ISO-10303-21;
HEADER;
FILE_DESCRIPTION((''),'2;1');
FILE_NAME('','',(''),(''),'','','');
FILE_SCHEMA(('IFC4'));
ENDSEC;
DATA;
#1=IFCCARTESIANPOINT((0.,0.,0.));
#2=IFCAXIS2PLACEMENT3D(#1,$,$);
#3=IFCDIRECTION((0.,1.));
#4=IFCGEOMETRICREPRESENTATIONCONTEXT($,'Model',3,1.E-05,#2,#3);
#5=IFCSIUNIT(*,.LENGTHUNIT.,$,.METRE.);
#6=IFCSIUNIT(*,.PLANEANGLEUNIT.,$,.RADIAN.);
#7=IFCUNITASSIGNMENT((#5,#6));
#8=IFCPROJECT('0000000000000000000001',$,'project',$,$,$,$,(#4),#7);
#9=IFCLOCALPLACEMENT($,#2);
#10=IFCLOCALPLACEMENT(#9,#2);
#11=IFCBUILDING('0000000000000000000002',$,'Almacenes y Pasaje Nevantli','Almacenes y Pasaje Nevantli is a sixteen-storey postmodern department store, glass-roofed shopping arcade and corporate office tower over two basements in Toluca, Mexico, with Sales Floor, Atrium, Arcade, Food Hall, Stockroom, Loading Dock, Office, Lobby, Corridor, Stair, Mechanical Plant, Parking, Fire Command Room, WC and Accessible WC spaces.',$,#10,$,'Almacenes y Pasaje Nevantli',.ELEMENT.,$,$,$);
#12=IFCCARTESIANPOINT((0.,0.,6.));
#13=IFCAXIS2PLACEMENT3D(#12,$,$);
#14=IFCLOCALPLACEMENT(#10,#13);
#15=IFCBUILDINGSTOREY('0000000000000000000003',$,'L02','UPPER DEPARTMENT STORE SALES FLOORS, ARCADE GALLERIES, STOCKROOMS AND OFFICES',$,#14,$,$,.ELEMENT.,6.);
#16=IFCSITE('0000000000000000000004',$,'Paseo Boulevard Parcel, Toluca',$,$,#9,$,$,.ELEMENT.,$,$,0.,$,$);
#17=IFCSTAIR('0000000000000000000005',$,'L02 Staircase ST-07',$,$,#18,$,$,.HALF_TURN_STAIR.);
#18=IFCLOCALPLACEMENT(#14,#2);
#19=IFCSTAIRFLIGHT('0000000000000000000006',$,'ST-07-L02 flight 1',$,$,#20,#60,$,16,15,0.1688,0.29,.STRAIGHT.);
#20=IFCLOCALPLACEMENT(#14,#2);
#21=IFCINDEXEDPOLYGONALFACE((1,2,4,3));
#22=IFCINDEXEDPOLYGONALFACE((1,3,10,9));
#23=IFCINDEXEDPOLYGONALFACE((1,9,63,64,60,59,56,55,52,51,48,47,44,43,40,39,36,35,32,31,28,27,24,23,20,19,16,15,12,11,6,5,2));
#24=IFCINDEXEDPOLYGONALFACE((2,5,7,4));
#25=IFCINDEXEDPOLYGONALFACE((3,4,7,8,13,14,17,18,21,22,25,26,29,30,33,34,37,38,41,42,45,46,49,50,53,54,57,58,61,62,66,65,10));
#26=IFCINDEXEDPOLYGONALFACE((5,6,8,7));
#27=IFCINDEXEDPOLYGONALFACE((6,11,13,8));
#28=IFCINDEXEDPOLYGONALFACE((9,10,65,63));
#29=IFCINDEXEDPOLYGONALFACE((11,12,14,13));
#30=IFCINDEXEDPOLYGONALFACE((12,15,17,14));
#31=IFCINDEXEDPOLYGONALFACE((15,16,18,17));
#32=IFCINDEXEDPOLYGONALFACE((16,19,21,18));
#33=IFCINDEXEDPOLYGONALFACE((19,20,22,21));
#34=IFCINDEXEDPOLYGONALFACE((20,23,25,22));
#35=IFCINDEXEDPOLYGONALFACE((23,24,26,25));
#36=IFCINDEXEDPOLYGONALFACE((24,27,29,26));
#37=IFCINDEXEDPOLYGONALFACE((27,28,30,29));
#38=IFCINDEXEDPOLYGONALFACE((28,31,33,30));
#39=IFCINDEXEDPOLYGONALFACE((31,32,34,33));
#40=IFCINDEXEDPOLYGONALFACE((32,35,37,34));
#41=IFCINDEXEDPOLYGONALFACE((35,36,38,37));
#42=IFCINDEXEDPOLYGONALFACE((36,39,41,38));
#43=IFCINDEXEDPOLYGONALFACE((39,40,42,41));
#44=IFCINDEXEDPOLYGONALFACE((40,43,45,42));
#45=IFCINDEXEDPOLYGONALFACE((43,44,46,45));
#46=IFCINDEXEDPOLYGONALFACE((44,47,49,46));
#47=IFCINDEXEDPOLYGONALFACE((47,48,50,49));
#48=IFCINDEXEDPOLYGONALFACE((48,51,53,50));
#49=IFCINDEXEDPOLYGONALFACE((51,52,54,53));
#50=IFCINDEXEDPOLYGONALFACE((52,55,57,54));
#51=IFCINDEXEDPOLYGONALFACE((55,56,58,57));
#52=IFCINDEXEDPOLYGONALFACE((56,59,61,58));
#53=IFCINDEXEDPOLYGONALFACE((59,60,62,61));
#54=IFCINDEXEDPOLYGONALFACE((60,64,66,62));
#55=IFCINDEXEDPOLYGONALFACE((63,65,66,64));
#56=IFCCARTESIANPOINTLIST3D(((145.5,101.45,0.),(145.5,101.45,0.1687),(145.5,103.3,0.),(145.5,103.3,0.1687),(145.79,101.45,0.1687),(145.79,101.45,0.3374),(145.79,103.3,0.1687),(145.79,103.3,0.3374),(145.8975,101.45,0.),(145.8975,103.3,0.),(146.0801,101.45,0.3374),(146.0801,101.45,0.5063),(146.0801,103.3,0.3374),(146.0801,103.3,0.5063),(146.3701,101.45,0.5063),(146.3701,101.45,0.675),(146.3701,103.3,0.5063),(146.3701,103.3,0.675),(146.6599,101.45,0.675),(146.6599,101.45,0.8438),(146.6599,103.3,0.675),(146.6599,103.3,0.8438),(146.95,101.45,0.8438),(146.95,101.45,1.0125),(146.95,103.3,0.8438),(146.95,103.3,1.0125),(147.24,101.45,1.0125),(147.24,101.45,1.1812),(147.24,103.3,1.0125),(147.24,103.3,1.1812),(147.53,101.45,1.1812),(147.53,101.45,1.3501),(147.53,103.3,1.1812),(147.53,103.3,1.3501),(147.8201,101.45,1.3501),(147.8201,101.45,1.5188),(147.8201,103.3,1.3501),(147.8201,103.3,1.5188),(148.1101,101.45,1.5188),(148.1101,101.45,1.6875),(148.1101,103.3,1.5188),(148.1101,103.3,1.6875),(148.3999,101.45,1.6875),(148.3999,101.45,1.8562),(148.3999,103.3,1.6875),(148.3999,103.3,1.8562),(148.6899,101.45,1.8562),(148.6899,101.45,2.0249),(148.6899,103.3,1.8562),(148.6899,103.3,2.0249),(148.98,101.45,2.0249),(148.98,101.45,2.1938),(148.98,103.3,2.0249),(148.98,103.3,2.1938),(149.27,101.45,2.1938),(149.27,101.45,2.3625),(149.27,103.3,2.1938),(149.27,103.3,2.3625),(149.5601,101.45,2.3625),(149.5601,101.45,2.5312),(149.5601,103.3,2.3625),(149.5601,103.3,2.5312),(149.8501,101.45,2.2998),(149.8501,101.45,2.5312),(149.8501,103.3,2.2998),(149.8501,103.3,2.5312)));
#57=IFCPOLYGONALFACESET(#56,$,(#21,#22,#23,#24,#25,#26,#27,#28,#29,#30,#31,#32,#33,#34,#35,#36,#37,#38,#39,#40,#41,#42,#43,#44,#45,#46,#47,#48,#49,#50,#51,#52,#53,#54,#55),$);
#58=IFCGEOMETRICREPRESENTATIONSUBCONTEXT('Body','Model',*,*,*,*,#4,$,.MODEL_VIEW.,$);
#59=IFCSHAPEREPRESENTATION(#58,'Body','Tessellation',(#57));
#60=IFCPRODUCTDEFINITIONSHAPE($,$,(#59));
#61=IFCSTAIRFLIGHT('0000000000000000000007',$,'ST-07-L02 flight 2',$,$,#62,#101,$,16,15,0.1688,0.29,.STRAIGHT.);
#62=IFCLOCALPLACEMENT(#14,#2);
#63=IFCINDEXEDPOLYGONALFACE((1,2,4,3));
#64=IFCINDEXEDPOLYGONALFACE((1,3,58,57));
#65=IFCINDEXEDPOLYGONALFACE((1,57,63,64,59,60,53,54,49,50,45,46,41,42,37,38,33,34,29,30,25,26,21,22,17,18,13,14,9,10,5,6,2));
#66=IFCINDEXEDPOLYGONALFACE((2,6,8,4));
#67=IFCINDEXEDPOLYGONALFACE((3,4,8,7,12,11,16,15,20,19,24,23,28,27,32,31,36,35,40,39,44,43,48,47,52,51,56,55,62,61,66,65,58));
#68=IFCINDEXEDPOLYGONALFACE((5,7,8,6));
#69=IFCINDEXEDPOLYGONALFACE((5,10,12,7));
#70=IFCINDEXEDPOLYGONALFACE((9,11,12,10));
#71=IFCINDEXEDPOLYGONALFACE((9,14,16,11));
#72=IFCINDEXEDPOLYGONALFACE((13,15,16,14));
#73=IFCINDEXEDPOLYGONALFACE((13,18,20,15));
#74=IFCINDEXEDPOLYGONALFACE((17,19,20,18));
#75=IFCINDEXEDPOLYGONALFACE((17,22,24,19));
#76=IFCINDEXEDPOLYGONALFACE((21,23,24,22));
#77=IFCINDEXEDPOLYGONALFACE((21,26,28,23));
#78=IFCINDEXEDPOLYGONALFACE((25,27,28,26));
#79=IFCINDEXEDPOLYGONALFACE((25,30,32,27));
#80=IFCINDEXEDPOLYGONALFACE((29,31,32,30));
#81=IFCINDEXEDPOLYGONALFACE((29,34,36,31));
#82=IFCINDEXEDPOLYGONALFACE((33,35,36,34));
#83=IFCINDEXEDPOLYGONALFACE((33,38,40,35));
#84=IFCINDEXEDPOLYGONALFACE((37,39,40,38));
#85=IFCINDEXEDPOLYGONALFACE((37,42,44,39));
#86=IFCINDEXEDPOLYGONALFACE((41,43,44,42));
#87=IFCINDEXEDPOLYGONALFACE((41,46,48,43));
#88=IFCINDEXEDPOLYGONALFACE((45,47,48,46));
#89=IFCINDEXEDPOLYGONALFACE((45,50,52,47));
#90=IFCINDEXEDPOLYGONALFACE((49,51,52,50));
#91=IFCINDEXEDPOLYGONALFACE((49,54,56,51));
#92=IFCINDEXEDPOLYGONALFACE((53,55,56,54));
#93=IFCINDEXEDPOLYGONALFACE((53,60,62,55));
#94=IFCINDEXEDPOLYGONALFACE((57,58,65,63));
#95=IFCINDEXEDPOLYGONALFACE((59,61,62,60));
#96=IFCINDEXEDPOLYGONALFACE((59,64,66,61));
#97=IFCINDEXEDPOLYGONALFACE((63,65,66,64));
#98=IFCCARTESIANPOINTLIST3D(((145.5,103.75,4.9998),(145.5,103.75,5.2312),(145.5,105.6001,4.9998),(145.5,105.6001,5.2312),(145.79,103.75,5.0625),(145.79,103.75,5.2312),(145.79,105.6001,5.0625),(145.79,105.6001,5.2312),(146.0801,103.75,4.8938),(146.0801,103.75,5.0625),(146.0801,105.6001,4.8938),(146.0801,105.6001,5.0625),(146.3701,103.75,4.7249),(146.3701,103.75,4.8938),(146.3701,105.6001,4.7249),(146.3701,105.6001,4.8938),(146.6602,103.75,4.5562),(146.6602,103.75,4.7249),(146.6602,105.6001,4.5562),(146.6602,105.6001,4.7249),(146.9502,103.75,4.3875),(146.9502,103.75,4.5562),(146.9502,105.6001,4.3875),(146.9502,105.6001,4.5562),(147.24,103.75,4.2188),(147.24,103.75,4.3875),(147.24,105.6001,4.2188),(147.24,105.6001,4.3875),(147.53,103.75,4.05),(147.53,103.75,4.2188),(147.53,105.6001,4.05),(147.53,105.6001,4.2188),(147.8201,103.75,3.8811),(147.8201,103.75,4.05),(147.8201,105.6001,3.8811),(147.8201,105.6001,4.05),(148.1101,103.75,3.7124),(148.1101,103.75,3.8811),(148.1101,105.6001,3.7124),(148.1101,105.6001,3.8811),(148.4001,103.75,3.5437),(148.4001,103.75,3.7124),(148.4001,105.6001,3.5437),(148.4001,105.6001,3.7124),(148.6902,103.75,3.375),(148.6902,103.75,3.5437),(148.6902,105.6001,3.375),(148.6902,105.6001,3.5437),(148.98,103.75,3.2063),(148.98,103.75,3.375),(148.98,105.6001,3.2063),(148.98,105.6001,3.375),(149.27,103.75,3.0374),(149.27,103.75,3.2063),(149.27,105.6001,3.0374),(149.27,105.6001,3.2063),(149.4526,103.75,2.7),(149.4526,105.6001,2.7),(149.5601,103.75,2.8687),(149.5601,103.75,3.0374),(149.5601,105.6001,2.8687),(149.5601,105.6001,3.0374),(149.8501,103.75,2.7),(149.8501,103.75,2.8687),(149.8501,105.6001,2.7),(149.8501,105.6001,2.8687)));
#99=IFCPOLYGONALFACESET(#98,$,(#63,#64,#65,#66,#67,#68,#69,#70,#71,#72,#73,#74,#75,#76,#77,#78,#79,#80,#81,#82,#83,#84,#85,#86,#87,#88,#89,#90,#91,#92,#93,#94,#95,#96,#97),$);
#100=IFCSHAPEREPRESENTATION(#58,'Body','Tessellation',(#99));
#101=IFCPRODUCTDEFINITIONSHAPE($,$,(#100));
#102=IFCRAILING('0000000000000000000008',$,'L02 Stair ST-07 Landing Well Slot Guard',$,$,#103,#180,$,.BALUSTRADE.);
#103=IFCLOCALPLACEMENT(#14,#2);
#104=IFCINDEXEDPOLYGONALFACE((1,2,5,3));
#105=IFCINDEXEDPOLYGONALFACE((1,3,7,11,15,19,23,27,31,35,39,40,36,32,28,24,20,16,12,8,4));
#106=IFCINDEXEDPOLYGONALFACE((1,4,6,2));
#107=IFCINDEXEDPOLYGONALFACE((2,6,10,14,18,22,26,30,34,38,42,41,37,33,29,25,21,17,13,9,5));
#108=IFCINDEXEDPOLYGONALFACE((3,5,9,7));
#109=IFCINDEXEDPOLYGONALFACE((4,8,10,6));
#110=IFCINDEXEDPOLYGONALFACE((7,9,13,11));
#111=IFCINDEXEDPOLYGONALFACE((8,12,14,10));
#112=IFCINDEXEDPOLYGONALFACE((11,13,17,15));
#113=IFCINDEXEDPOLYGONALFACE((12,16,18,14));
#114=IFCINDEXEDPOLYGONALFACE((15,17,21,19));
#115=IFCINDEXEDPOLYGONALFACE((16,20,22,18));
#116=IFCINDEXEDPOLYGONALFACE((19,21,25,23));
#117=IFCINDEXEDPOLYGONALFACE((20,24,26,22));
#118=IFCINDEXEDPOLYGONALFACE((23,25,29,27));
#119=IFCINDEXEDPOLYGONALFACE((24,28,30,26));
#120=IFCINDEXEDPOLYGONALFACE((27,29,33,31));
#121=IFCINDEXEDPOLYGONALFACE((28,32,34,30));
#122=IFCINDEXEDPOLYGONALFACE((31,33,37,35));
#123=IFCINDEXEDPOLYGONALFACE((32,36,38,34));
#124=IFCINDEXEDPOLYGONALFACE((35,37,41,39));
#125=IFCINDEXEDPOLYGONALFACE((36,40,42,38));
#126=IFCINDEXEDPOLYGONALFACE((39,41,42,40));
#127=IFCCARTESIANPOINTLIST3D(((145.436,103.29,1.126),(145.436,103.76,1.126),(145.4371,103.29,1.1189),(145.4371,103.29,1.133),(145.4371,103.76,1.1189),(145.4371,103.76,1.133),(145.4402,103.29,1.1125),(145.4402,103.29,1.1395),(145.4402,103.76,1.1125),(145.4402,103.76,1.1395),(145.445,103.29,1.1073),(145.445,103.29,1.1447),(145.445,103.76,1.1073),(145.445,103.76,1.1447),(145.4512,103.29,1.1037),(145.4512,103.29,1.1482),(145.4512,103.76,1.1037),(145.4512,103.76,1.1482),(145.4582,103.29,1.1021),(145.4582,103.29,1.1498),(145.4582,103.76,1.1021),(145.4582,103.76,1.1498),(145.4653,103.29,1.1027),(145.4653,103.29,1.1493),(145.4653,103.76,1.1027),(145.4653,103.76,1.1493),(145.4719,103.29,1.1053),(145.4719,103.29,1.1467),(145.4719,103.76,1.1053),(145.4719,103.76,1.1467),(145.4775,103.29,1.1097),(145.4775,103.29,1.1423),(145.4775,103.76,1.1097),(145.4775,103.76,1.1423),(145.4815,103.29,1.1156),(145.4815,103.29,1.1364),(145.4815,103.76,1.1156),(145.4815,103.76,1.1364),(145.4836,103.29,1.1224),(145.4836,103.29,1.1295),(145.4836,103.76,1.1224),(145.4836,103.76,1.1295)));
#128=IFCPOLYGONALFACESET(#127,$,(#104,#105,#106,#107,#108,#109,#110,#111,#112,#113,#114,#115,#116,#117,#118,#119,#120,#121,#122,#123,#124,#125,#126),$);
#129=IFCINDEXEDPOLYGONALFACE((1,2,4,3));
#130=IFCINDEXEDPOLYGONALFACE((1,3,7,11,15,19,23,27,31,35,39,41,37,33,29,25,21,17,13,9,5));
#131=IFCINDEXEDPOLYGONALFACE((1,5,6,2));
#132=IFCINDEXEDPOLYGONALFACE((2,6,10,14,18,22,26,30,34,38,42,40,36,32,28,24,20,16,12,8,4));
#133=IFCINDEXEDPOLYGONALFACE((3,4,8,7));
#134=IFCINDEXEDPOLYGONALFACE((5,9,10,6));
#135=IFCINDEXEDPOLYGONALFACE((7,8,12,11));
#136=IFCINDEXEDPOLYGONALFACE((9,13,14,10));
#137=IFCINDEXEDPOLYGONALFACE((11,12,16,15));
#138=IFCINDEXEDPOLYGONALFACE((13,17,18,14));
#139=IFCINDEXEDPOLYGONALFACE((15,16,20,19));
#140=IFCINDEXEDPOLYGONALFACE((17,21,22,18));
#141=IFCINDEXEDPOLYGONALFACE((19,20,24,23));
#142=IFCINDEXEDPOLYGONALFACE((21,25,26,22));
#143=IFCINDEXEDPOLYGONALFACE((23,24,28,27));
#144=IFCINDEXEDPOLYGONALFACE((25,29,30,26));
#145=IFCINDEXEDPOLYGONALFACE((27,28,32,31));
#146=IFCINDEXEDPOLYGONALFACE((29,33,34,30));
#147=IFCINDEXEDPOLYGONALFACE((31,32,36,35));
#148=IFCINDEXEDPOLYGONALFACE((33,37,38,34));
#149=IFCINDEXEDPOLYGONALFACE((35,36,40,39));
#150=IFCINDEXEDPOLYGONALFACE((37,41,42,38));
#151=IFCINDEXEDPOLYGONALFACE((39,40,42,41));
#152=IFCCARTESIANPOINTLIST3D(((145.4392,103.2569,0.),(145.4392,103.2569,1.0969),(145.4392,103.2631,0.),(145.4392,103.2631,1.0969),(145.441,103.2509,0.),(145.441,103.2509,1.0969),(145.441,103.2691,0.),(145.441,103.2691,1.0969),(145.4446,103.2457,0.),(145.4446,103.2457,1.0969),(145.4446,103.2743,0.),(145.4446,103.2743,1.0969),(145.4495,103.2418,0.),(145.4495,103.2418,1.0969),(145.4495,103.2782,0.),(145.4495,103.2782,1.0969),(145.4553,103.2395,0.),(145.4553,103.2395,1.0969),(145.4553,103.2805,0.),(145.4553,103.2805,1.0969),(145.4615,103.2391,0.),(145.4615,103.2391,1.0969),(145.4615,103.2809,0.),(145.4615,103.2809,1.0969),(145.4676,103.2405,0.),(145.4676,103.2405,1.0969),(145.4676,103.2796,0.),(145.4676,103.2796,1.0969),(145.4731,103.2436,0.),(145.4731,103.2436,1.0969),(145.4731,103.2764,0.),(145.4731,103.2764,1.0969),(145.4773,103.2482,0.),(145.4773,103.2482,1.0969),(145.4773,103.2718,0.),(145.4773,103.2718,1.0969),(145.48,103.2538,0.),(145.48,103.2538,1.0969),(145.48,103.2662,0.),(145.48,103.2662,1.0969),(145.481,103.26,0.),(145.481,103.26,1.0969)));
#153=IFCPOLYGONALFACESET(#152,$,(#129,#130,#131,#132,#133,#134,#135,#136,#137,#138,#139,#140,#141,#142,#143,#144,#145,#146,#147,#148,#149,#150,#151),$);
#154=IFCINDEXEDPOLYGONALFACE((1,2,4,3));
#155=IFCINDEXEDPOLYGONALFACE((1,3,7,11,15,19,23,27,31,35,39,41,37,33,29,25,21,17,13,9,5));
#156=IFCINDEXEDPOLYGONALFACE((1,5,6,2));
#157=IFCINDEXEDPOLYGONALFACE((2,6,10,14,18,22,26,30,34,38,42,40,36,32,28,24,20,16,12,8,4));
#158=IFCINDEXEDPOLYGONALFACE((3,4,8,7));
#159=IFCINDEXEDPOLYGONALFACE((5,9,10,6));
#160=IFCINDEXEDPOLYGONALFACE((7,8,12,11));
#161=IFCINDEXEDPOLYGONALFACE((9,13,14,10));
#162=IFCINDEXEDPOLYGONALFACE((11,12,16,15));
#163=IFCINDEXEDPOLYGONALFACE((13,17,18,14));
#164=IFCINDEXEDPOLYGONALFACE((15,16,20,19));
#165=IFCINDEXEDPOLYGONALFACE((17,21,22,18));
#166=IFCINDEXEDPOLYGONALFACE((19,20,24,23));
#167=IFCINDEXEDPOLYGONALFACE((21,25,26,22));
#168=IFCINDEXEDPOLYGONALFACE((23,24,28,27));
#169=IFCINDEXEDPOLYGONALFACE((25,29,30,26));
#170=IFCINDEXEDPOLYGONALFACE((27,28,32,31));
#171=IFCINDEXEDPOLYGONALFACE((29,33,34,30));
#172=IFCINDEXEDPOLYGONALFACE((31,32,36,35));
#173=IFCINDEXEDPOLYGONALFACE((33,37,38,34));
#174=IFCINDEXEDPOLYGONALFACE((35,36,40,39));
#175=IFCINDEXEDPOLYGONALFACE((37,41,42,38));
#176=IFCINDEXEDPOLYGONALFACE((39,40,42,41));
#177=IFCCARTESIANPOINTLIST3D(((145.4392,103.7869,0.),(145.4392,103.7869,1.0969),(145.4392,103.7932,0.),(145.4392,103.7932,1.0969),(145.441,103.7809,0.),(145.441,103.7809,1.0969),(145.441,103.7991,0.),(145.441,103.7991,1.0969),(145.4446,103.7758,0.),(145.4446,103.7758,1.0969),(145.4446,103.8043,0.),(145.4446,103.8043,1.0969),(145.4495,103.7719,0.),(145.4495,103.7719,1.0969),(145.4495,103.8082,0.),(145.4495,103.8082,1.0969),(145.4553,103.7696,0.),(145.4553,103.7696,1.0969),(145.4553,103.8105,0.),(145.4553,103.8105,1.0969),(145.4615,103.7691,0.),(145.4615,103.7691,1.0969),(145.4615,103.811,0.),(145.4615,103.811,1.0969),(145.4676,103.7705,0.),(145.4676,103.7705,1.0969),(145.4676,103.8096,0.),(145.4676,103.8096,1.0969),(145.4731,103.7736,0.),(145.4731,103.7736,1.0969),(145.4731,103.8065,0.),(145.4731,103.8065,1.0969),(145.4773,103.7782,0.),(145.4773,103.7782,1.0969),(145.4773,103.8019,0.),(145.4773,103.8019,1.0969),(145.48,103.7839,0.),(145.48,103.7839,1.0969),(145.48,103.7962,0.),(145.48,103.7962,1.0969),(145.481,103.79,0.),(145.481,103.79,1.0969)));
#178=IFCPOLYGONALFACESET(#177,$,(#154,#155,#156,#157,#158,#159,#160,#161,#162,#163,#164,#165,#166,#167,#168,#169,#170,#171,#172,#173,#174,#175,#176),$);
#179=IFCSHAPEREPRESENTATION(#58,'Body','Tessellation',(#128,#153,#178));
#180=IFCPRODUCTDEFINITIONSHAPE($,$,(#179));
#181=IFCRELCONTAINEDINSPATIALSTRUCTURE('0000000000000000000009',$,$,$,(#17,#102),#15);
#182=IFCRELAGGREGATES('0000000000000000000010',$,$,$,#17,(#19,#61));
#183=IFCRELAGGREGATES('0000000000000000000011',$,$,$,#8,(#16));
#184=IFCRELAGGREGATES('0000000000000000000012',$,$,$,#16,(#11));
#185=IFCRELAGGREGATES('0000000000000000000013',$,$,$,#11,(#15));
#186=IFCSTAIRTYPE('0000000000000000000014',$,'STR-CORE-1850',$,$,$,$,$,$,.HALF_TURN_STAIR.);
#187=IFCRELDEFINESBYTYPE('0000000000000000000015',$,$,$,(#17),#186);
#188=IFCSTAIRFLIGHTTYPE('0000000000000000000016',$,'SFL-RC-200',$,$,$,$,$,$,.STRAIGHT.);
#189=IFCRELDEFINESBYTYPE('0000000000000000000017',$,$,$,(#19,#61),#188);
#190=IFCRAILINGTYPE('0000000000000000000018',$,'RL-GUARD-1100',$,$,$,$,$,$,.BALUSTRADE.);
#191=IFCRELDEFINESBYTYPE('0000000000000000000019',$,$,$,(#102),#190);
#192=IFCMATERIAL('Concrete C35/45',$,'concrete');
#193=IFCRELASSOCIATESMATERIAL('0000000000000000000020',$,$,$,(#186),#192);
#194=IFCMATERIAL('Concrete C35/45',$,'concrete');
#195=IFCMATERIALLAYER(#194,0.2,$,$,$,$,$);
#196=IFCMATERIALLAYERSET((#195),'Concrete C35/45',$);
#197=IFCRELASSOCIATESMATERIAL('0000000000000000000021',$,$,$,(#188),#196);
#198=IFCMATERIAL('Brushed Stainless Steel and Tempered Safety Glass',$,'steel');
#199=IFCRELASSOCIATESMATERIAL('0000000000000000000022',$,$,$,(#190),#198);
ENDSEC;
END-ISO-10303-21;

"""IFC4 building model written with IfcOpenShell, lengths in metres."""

from ifc_helpers import new_model, si_unit, direction, frame, origin, origin_2d, place, context, subcontext, project, spatial, polyline, circle, outline, extrude, material, layer, layer_set, type_object, element, aggregate, save


model = new_model("IFC4")

# Units and contexts
model_context = context("Model", 3, precision=1e-05, world=origin(), true_north=direction((0.0, 1.0)))
body_context = subcontext(model_context, "Body", "Model", "MODEL_VIEW")
ifc_project = project(units=[si_unit("LENGTHUNIT", "METRE"), si_unit("PLANEANGLEUNIT", "RADIAN")], contexts=[model_context])

# Site, building, storey
site_placement = place(None, origin())
site = spatial("IfcSite", under=ifc_project, at=site_placement, Name="Paseo Boulevard Parcel, Toluca", CompositionType="ELEMENT", RefElevation=0.0)
building_placement = place(site_placement, origin())
building = spatial("IfcBuilding", under=site, at=building_placement, Name="Almacenes y Pasaje Nevantli", Description="Almacenes y Pasaje Nevantli is a sixteen-storey postmodern department store, glass-roofed shopping arcade and corporate office tower over two basements in Toluca, Mexico, with Sales Floor, Atrium, Arcade, Food Hall, Stockroom, Loading Dock, Office, Lobby, Corridor, Stair, Mechanical Plant, Parking, Fire Command Room, WC and Accessible WC spaces.", LongName="Almacenes y Pasaje Nevantli", CompositionType="ELEMENT")
storey_placement = place(building_placement, frame((0.0, 0.0, 6.0)))
storey = spatial("IfcBuildingStorey", under=building, at=storey_placement, Name="L02", Description="UPPER DEPARTMENT STORE SALES FLOORS, ARCADE GALLERIES, STOCKROOMS AND OFFICES", CompositionType="ELEMENT", Elevation=6.0)

# Stair, stair flights
ifc_material_1 = material(Name="Concrete C35/45", Category="concrete")
stair_type = type_object("IfcStairType", Name="STR-CORE-1850", PredefinedType="HALF_TURN_STAIR", material=ifc_material_1)
stair_placement = place(storey_placement, origin())
stair = element("IfcStair", 1, at=stair_placement, inside=storey, type_object=stair_type, Name="L02 Staircase ST-07", PredefinedType="HALF_TURN_STAIR")
ifc_material_2 = material(Name="Concrete C35/45", Category="concrete")
ifc_layer_1 = layer(ifc_material_2, 0.2)
ifc_layer_set_1 = layer_set([ifc_layer_1], Name="Concrete C35/45")
stair_flight_type = type_object("IfcStairFlightType", Name="SFL-RC-200", PredefinedType="STRAIGHT", material=ifc_layer_set_1)
stair_flight_1_placement = place(storey_placement, frame((145.5, 102.375, 0.0), z_axis=(0.0, 0.0, 1.0), x_axis=(1.0, 0.0, 0.0)))
stair_flight_1 = element("IfcStairFlight", 2, at=stair_flight_1_placement, type_object=stair_flight_type, Name="ST-07-L02 flight 1", NumberOfRisers=16, NumberOfTreads=15, PredefinedType="STRAIGHT", RiserHeight=0.1688, TreadLength=0.29, context=body_context, shape_type="SweptSolid", body=[
    extrude(outline(polyline([(0.0, 0.0), (0.0, 0.1687), (0.29, 0.1687), (0.29, 0.3374), (0.5801, 0.3374), (0.5801, 0.5063), (0.8701, 0.5063), (0.8701, 0.675), (1.1599, 0.675), (1.1599, 0.8438), (1.45, 0.8438), (1.45, 1.0125), (1.74, 1.0125), (1.74, 1.1812), (2.03, 1.1812), (2.03, 1.3501), (2.3201, 1.3501), (2.3201, 1.5188), (2.6101, 1.5188), (2.6101, 1.6875), (2.8999, 1.6875), (2.8999, 1.8562), (3.1899, 1.8562), (3.1899, 2.0249), (3.48, 2.0249), (3.48, 2.1938), (3.77, 2.1938), (3.77, 2.3625), (4.0601, 2.3625), (4.0601, 2.5312), (4.3501, 2.5312), (4.3501, 2.7), (4.3501, 2.2998), (0.3975, 0.0), (0.0, 0.0)])), frame((0.0, 0.925, 0.0), z_axis=(0.0, -1.0, 0.0), x_axis=(1.0, 0.0, 0.0)), (0.0, 0.0, 1.0), 1.8501),
])
stair_flight_2_placement = place(storey_placement, frame((149.8501, 104.675, 2.7), z_axis=(0.0, 0.0, 1.0), x_axis=(-1.0, 0.0, 0.0)))
stair_flight_2 = element("IfcStairFlight", 3, at=stair_flight_2_placement, type_object=stair_flight_type, Name="ST-07-L02 flight 2", NumberOfRisers=16, NumberOfTreads=15, PredefinedType="STRAIGHT", RiserHeight=0.1688, TreadLength=0.29, context=body_context, shape_type="SweptSolid", body=[
    extrude(outline(polyline([(0.0, 0.0), (0.0, 0.1687), (0.29, 0.1687), (0.29, 0.3374), (0.5801, 0.3374), (0.5801, 0.5063), (0.8701, 0.5063), (0.8701, 0.675), (1.1599, 0.675), (1.1599, 0.8438), (1.45, 0.8438), (1.45, 1.0125), (1.74, 1.0125), (1.74, 1.1812), (2.03, 1.1812), (2.03, 1.3501), (2.3201, 1.3501), (2.3201, 1.5188), (2.6101, 1.5188), (2.6101, 1.6875), (2.8999, 1.6875), (2.8999, 1.8562), (3.1899, 1.8562), (3.1899, 2.0249), (3.48, 2.0249), (3.48, 2.1938), (3.77, 2.1938), (3.77, 2.3625), (4.0601, 2.3625), (4.0601, 2.5312), (4.3501, 2.5312), (4.3501, 2.7), (4.3501, 2.2998), (0.3975, 0.0), (0.0, 0.0)])), frame((0.0, 0.925, 0.0), z_axis=(0.0, -1.0, 0.0), x_axis=(1.0, 0.0, 0.0)), (0.0, 0.0, 1.0), 1.8501),
])
aggregate(stair, [stair_flight_1, stair_flight_2])

# Railing
ifc_material_3 = material(Name="Brushed Stainless Steel and Tempered Safety Glass", Category="steel")
railing_type_1 = type_object("IfcRailingType", Name="RL-GUARD-1100", PredefinedType="BALUSTRADE", material=ifc_material_3)
railing_1_placement = place(storey_placement, frame((145.46, 103.26, 0.0)))
element("IfcRailing", 4, at=railing_1_placement, inside=storey, type_object=railing_type_1, Name="L02 Stair ST-07 Landing Well Slot Guard", PredefinedType="BALUSTRADE", context=body_context, shape_type="SweptSolid", body=[
    extrude(circle(Radius=0.0239, at=origin_2d()), frame((0.0, 0.03, 1.126), z_axis=(0.0, 1.0, 0.0), x_axis=(-1.0, 0.0, 0.0)), (0.0, 0.0, 1.0), 0.47),
    extrude(circle(Radius=0.021, at=origin_2d()), origin(), (0.0, 0.0, 1.0), 1.0969),
    extrude(circle(Radius=0.021, at=origin_2d()), frame((0.0, 0.53, 0.0)), (0.0, 0.0, 1.0), 1.0969),
])

save(model, "model.ifc")
